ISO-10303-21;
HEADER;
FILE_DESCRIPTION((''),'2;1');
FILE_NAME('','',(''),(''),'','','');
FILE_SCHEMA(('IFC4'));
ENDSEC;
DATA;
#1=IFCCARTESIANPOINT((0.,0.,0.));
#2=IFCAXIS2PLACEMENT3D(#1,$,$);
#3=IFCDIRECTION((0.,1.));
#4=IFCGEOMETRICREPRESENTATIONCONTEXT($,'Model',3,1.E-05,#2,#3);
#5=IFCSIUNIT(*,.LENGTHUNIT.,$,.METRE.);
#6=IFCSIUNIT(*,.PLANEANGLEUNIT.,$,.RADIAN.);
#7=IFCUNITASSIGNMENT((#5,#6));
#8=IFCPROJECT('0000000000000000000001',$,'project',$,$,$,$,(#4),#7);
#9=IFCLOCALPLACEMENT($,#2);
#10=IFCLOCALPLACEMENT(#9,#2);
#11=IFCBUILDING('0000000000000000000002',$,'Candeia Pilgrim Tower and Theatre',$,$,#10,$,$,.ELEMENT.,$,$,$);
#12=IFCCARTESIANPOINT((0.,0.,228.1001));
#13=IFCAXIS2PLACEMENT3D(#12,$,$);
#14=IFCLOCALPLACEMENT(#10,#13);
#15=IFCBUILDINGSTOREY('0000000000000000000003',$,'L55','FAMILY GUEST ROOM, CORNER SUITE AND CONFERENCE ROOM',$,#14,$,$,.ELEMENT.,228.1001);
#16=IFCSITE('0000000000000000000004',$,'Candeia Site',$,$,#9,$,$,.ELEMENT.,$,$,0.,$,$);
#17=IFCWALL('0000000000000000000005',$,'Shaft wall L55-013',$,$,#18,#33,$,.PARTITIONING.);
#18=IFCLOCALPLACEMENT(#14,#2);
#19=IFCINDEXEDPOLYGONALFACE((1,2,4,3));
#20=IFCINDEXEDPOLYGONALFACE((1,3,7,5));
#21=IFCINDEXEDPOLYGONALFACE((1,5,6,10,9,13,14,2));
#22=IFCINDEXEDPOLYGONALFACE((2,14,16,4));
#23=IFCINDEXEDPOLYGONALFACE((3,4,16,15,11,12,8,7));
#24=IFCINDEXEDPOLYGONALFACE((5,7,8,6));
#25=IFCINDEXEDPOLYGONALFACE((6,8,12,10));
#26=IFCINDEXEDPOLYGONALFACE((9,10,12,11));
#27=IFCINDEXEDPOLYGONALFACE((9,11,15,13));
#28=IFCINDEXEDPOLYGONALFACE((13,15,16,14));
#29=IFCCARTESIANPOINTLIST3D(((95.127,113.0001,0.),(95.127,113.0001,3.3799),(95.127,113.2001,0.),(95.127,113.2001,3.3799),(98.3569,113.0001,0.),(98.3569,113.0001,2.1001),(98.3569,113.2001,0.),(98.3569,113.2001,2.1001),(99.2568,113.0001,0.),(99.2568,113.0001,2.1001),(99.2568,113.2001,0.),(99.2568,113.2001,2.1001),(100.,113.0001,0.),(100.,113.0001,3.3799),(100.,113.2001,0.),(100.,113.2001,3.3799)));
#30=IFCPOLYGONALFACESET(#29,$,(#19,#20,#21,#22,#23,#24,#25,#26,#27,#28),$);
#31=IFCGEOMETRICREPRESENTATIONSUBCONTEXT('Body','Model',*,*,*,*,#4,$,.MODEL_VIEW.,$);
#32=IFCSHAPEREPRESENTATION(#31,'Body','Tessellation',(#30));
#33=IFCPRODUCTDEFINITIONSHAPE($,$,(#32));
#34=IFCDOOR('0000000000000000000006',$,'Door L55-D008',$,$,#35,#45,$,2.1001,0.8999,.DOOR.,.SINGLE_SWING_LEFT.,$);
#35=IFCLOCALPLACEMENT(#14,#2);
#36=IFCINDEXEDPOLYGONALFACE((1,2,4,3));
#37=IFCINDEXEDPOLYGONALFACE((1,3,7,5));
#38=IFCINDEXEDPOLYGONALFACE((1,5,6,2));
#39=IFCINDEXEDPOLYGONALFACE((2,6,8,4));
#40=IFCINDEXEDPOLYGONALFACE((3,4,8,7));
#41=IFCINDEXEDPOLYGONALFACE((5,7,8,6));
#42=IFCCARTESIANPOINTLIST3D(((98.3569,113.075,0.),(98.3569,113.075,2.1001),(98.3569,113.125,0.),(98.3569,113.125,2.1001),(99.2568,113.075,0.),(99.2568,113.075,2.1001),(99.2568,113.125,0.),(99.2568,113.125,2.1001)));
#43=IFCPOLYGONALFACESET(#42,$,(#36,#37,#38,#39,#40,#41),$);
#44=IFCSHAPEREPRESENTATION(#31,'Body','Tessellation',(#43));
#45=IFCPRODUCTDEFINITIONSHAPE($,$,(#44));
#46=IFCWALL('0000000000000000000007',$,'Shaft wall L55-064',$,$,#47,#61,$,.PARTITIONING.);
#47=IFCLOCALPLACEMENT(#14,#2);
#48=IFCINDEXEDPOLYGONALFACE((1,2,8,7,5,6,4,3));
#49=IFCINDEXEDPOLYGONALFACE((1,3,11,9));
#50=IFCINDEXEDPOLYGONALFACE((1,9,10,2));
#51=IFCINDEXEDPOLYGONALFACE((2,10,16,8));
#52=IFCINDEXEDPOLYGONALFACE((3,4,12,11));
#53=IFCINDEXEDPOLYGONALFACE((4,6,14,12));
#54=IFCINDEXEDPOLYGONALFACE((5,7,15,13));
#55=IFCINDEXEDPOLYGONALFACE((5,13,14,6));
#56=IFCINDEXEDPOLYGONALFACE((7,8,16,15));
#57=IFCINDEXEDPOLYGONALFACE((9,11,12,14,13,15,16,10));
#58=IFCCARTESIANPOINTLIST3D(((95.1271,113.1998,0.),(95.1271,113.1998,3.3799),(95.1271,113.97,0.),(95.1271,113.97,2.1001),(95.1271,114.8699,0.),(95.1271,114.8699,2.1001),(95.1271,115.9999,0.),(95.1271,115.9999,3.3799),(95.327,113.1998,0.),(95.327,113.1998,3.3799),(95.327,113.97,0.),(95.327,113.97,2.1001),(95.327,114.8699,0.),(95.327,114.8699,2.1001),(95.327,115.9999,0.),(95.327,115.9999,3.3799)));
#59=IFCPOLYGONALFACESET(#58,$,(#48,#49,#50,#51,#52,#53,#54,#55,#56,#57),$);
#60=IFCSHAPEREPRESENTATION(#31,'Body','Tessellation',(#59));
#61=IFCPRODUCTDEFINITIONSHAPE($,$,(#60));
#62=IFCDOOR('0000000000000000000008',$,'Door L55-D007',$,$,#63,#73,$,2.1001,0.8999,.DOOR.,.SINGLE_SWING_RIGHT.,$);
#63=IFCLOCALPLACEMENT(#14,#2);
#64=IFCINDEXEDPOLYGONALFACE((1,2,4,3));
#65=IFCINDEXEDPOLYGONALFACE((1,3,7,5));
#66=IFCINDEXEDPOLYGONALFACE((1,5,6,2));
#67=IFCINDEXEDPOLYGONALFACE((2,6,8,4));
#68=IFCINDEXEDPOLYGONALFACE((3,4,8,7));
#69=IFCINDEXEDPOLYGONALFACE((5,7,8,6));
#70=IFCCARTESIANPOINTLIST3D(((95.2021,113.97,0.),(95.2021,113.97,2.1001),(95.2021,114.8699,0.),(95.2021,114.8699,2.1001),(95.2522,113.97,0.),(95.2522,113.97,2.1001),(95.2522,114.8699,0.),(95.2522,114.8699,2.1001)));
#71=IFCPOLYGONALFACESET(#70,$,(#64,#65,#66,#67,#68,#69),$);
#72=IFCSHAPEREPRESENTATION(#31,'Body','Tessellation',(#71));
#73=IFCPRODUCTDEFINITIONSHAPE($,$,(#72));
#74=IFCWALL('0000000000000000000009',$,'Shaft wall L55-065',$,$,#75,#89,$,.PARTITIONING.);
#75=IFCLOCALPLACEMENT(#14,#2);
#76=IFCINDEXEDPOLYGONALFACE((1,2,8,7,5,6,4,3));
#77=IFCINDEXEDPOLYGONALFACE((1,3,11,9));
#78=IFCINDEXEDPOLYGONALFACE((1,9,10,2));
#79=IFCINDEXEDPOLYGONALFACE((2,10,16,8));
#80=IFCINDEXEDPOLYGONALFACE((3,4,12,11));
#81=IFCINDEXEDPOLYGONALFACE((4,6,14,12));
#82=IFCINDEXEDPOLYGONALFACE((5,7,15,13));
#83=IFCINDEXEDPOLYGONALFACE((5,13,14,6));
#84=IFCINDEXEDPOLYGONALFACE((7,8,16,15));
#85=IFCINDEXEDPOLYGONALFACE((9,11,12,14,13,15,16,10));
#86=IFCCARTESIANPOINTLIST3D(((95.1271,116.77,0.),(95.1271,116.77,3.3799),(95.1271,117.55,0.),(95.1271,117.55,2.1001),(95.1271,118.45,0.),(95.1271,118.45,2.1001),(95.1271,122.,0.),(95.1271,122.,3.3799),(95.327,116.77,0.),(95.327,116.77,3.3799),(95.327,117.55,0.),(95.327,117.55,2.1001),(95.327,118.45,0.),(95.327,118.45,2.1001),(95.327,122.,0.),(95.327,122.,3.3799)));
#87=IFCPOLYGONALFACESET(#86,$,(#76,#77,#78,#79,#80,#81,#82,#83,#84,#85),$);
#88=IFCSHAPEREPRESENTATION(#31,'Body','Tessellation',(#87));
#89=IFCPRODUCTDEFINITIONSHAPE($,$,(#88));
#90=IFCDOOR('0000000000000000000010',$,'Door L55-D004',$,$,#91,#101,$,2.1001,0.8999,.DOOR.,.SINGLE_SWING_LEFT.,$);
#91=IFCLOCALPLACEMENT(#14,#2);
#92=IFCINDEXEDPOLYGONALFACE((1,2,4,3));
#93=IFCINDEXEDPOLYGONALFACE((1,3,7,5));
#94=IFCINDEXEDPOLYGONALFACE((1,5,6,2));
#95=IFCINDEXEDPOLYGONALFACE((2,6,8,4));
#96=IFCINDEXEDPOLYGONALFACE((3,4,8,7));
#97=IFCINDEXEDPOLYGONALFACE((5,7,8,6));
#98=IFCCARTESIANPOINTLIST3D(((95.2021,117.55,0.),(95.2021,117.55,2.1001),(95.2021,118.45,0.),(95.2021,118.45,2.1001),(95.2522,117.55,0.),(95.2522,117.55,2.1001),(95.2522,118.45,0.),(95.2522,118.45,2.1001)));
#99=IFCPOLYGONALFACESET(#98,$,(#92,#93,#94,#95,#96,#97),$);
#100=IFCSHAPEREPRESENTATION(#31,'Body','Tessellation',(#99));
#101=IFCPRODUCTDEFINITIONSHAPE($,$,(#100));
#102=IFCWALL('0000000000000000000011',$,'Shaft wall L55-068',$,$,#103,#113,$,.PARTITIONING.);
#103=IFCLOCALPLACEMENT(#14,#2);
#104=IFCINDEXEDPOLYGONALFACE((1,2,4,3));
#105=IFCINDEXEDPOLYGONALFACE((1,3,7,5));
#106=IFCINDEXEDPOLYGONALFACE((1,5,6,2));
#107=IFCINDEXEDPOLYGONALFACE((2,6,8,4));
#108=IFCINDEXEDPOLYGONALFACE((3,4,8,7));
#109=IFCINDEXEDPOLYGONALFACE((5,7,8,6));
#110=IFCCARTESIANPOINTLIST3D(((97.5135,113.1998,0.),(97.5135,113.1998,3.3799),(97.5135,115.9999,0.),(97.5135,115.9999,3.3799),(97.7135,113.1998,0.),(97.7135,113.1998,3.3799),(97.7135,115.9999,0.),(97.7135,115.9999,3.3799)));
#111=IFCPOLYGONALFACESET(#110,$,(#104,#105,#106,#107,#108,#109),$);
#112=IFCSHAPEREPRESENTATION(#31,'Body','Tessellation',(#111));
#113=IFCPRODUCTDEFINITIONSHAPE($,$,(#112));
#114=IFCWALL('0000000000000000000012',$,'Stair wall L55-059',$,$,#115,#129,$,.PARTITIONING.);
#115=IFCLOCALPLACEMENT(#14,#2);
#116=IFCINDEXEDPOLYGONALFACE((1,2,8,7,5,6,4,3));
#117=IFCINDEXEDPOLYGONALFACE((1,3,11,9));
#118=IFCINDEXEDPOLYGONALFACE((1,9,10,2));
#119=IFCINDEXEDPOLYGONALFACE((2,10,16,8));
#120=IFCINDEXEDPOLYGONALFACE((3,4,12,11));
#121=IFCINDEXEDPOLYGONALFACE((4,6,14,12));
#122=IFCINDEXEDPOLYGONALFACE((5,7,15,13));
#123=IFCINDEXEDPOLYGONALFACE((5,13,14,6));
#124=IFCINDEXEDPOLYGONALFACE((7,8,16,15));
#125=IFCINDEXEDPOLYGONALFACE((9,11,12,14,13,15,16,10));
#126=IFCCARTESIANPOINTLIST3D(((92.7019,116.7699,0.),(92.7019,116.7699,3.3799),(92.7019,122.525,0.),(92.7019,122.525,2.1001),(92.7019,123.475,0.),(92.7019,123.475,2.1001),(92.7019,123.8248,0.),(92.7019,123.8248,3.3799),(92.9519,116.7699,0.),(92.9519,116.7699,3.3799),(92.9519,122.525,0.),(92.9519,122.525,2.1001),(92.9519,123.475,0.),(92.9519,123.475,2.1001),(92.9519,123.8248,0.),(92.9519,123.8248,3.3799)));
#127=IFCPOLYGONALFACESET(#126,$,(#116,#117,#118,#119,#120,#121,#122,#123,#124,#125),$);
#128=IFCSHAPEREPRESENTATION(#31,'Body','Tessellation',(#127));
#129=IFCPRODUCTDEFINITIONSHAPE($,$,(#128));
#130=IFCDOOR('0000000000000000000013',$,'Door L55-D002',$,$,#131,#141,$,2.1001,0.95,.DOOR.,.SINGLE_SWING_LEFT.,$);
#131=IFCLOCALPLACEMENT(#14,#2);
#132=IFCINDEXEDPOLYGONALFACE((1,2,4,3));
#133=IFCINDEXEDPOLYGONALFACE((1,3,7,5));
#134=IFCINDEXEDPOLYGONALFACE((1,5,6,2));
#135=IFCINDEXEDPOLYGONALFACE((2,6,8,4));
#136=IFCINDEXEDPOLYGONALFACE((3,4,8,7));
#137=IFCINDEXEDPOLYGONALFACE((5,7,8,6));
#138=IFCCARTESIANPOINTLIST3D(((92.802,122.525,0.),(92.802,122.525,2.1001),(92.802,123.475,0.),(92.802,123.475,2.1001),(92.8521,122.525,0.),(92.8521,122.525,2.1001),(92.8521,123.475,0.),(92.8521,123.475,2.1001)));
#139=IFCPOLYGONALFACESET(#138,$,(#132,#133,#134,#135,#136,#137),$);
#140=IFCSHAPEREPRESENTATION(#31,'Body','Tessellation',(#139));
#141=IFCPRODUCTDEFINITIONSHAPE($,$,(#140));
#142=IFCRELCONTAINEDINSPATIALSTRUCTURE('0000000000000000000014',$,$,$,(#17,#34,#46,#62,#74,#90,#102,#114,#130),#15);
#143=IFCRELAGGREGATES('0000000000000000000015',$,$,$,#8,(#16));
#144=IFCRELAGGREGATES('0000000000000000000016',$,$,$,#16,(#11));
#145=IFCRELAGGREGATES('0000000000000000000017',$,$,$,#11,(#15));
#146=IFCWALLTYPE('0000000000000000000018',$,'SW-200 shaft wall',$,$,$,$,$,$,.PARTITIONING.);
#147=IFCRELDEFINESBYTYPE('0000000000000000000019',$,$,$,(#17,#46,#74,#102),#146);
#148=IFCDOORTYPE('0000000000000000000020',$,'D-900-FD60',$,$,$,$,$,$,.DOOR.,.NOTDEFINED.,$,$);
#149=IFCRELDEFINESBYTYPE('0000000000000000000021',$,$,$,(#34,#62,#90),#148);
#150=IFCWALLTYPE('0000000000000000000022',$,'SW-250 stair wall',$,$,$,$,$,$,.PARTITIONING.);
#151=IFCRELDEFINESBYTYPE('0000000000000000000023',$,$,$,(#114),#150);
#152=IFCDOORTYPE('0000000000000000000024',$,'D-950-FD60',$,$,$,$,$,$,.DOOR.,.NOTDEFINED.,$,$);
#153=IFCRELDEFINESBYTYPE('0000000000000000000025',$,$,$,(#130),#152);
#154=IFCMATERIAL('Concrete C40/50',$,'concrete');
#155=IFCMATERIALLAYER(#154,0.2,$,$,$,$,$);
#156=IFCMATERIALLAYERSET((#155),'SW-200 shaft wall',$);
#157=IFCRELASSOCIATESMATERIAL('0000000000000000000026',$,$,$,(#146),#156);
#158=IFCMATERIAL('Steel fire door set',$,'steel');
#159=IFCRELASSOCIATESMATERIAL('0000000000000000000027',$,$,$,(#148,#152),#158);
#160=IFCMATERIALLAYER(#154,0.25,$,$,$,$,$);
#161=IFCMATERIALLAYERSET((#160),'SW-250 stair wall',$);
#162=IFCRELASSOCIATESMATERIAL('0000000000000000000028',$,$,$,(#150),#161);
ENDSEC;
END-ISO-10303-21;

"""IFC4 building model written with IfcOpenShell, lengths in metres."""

from ifc_helpers import new_model, si_unit, direction, frame, frame_2d, origin, place, context, subcontext, project, spatial, rectangle, extrude, material, layer, layer_set, type_object, element, fill, save


model = new_model("IFC4")

# Units and contexts
model_context = context("Model", 3, precision=1e-05, world=origin(), true_north=direction((0.0, 1.0)))
body_context = subcontext(model_context, "Body", "Model", "MODEL_VIEW")
ifc_project = project(units=[si_unit("LENGTHUNIT", "METRE"), si_unit("PLANEANGLEUNIT", "RADIAN")], contexts=[model_context])

# Site, building, storey
site_placement = place(None, origin())
site = spatial("IfcSite", under=ifc_project, at=site_placement, Name="Candeia Site", CompositionType="ELEMENT", RefElevation=0.0)
building_placement = place(site_placement, origin())
building = spatial("IfcBuilding", under=site, at=building_placement, Name="Candeia Pilgrim Tower and Theatre", CompositionType="ELEMENT")
storey_placement = place(building_placement, frame((0.0, 0.0, 228.1001)))
storey = spatial("IfcBuildingStorey", under=building, at=storey_placement, Name="L55", Description="FAMILY GUEST ROOM, CORNER SUITE AND CONFERENCE ROOM", CompositionType="ELEMENT", Elevation=228.1001)

# Shared definitions
ifc_material_1 = material(Name="Steel fire door set", Category="steel")

# Walls, openings, doors
ifc_material_2 = material(Name="Concrete C40/50", Category="concrete")
ifc_layer_1 = layer(ifc_material_2, 0.2)
ifc_layer_set_1 = layer_set([ifc_layer_1], Name="SW-200 shaft wall")
wall_type_1 = type_object("IfcWallType", Name="SW-200 shaft wall", PredefinedType="PARTITIONING", material=ifc_layer_set_1)
wall_1_placement = place(storey_placement, frame((95.127, 113.1001, 0.0), z_axis=(0.0, 0.0, 1.0), x_axis=(1.0, 0.0, 0.0)))
wall_1 = element("IfcWall", 1, at=wall_1_placement, inside=storey, type_object=wall_type_1, Name="Shaft wall L55-013", PredefinedType="PARTITIONING", context=body_context, shape_type="SweptSolid", body=[
    extrude(rectangle(XDim=4.873, YDim=0.2, at=frame_2d((2.4365, 0.0))), origin(), (0.0, 0.0, 1.0), 3.3799),
])
opening_1_placement = place(wall_1_placement, frame((3.23, 0.0, 0.0)))
opening_1 = element("IfcOpeningElement", 2, at=opening_1_placement, cuts=wall_1, PredefinedType="OPENING", context=body_context, shape_type="SweptSolid", body=[
    extrude(rectangle(XDim=0.8999, YDim=2.1001, at=frame_2d((0.45, 1.05))), frame((0.0, 0.1099, 0.0), z_axis=(0.0, -1.0, 0.0), x_axis=(1.0, 0.0, 0.0)), (0.0, 0.0, 1.0), 0.22),
])
door_type_1 = type_object("IfcDoorType", Name="D-900-FD60", OperationType="NOTDEFINED", PredefinedType="DOOR", material=ifc_material_1)
door_1_placement = place(opening_1_placement, origin())
door_1 = element("IfcDoor", 3, at=door_1_placement, inside=storey, type_object=door_type_1, Name="Door L55-D008", OperationType="SINGLE_SWING_LEFT", OverallHeight=2.1001, OverallWidth=0.8999, PredefinedType="DOOR", context=body_context, shape_type="SweptSolid", body=[
    extrude(rectangle(XDim=0.8999, YDim=2.1001, at=frame_2d((0.45, 1.05))), frame((0.0, 0.0249, 0.0), z_axis=(0.0, -1.0, 0.0), x_axis=(1.0, 0.0, 0.0)), (0.0, 0.0, 1.0), 0.05),
])
fill(opening_1, door_1)
wall_2_placement = place(storey_placement, frame((95.2271, 113.2, 0.0), z_axis=(0.0, 0.0, 1.0), x_axis=(0.0, 1.0, 0.0)))
wall_2 = element("IfcWall", 4, at=wall_2_placement, inside=storey, type_object=wall_type_1, Name="Shaft wall L55-064", PredefinedType="PARTITIONING", context=body_context, shape_type="SweptSolid", body=[
    extrude(rectangle(XDim=2.8, YDim=0.2, at=frame_2d((1.3999, 0.0))), origin(), (0.0, 0.0, 1.0), 3.3799),
])
opening_2_placement = place(wall_2_placement, frame((0.77, 0.0, 0.0)))
opening_2 = element("IfcOpeningElement", 5, at=opening_2_placement, cuts=wall_2, PredefinedType="OPENING", context=body_context, shape_type="SweptSolid", body=[
    extrude(rectangle(XDim=0.8999, YDim=2.1001, at=frame_2d((0.45, 1.05))), frame((0.0, 0.1099, 0.0), z_axis=(0.0, -1.0, 0.0), x_axis=(1.0, 0.0, 0.0)), (0.0, 0.0, 1.0), 0.22),
])
door_2_placement = place(opening_2_placement, origin())
door_2 = element("IfcDoor", 6, at=door_2_placement, inside=storey, type_object=door_type_1, Name="Door L55-D007", OperationType="SINGLE_SWING_RIGHT", OverallHeight=2.1001, OverallWidth=0.8999, PredefinedType="DOOR", context=body_context, shape_type="SweptSolid", body=[
    extrude(rectangle(XDim=0.8999, YDim=2.1001, at=frame_2d((0.45, 1.05))), frame((0.0, 0.0249, 0.0), z_axis=(0.0, -1.0, 0.0), x_axis=(1.0, 0.0, 0.0)), (0.0, 0.0, 1.0), 0.05),
])
fill(opening_2, door_2)
wall_3_placement = place(storey_placement, frame((95.2271, 116.77, 0.0), z_axis=(0.0, 0.0, 1.0), x_axis=(0.0, 1.0, 0.0)))
wall_3 = element("IfcWall", 7, at=wall_3_placement, inside=storey, type_object=wall_type_1, Name="Shaft wall L55-065", PredefinedType="PARTITIONING", context=body_context, shape_type="SweptSolid", body=[
    extrude(rectangle(XDim=5.23, YDim=0.2, at=frame_2d((2.615, 0.0))), origin(), (0.0, 0.0, 1.0), 3.3799),
])
opening_3_placement = place(wall_3_placement, frame((0.78, 0.0, 0.0)))
opening_3 = element("IfcOpeningElement", 8, at=opening_3_placement, cuts=wall_3, PredefinedType="OPENING", context=body_context, shape_type="SweptSolid", body=[
    extrude(rectangle(XDim=0.8999, YDim=2.1001, at=frame_2d((0.45, 1.05))), frame((0.0, 0.1099, 0.0), z_axis=(0.0, -1.0, 0.0), x_axis=(1.0, 0.0, 0.0)), (0.0, 0.0, 1.0), 0.22),
])
door_3_placement = place(opening_3_placement, origin())
door_3 = element("IfcDoor", 9, at=door_3_placement, inside=storey, type_object=door_type_1, Name="Door L55-D004", OperationType="SINGLE_SWING_LEFT", OverallHeight=2.1001, OverallWidth=0.8999, PredefinedType="DOOR", context=body_context, shape_type="SweptSolid", body=[
    extrude(rectangle(XDim=0.8999, YDim=2.1001, at=frame_2d((0.45, 1.05))), frame((0.0, 0.0249, 0.0), z_axis=(0.0, -1.0, 0.0), x_axis=(1.0, 0.0, 0.0)), (0.0, 0.0, 1.0), 0.05),
])
fill(opening_3, door_3)

# Wall
wall_4_placement = place(storey_placement, frame((97.6135, 113.2, 0.0), z_axis=(0.0, 0.0, 1.0), x_axis=(0.0, 1.0, 0.0)))
element("IfcWall", 10, at=wall_4_placement, inside=storey, type_object=wall_type_1, Name="Shaft wall L55-068", PredefinedType="PARTITIONING", context=body_context, shape_type="SweptSolid", body=[
    extrude(rectangle(XDim=2.8, YDim=0.2, at=frame_2d((1.3999, 0.0))), origin(), (0.0, 0.0, 1.0), 3.3799),
])

# Wall, opening, door
ifc_layer_2 = layer(ifc_material_2, 0.25)
ifc_layer_set_2 = layer_set([ifc_layer_2], Name="SW-250 stair wall")
wall_type_2 = type_object("IfcWallType", Name="SW-250 stair wall", PredefinedType="PARTITIONING", material=ifc_layer_set_2)
wall_5_placement = place(storey_placement, frame((92.8269, 116.77, 0.0), z_axis=(0.0, 0.0, 1.0), x_axis=(0.0, 1.0, 0.0)))
wall_5 = element("IfcWall", 11, at=wall_5_placement, inside=storey, type_object=wall_type_2, Name="Stair wall L55-059", PredefinedType="PARTITIONING", context=body_context, shape_type="SweptSolid", body=[
    extrude(rectangle(XDim=7.0549, YDim=0.25, at=frame_2d((3.5273, 0.0))), origin(), (0.0, 0.0, 1.0), 3.3799),
])
opening_4_placement = place(wall_5_placement, frame((5.7549, 0.0, 0.0)))
opening_4 = element("IfcOpeningElement", 12, at=opening_4_placement, cuts=wall_5, PredefinedType="OPENING", context=body_context, shape_type="SweptSolid", body=[
    extrude(rectangle(XDim=0.95, YDim=2.1001, at=frame_2d((0.4751, 1.05))), frame((0.0, 0.135, 0.0), z_axis=(0.0, -1.0, 0.0), x_axis=(1.0, 0.0, 0.0)), (0.0, 0.0, 1.0), 0.27),
])
door_type_2 = type_object("IfcDoorType", Name="D-950-FD60", OperationType="NOTDEFINED", PredefinedType="DOOR", material=ifc_material_1)
door_4_placement = place(opening_4_placement, origin())
door_4 = element("IfcDoor", 13, at=door_4_placement, inside=storey, type_object=door_type_2, Name="Door L55-D002", OperationType="SINGLE_SWING_LEFT", OverallHeight=2.1001, OverallWidth=0.95, PredefinedType="DOOR", context=body_context, shape_type="SweptSolid", body=[
    extrude(rectangle(XDim=0.95, YDim=2.1001, at=frame_2d((0.4751, 1.05))), frame((0.0, 0.0249, 0.0), z_axis=(0.0, -1.0, 0.0), x_axis=(1.0, 0.0, 0.0)), (0.0, 0.0, 1.0), 0.05),
])
fill(opening_4, door_4)

save(model, "model.ifc")
